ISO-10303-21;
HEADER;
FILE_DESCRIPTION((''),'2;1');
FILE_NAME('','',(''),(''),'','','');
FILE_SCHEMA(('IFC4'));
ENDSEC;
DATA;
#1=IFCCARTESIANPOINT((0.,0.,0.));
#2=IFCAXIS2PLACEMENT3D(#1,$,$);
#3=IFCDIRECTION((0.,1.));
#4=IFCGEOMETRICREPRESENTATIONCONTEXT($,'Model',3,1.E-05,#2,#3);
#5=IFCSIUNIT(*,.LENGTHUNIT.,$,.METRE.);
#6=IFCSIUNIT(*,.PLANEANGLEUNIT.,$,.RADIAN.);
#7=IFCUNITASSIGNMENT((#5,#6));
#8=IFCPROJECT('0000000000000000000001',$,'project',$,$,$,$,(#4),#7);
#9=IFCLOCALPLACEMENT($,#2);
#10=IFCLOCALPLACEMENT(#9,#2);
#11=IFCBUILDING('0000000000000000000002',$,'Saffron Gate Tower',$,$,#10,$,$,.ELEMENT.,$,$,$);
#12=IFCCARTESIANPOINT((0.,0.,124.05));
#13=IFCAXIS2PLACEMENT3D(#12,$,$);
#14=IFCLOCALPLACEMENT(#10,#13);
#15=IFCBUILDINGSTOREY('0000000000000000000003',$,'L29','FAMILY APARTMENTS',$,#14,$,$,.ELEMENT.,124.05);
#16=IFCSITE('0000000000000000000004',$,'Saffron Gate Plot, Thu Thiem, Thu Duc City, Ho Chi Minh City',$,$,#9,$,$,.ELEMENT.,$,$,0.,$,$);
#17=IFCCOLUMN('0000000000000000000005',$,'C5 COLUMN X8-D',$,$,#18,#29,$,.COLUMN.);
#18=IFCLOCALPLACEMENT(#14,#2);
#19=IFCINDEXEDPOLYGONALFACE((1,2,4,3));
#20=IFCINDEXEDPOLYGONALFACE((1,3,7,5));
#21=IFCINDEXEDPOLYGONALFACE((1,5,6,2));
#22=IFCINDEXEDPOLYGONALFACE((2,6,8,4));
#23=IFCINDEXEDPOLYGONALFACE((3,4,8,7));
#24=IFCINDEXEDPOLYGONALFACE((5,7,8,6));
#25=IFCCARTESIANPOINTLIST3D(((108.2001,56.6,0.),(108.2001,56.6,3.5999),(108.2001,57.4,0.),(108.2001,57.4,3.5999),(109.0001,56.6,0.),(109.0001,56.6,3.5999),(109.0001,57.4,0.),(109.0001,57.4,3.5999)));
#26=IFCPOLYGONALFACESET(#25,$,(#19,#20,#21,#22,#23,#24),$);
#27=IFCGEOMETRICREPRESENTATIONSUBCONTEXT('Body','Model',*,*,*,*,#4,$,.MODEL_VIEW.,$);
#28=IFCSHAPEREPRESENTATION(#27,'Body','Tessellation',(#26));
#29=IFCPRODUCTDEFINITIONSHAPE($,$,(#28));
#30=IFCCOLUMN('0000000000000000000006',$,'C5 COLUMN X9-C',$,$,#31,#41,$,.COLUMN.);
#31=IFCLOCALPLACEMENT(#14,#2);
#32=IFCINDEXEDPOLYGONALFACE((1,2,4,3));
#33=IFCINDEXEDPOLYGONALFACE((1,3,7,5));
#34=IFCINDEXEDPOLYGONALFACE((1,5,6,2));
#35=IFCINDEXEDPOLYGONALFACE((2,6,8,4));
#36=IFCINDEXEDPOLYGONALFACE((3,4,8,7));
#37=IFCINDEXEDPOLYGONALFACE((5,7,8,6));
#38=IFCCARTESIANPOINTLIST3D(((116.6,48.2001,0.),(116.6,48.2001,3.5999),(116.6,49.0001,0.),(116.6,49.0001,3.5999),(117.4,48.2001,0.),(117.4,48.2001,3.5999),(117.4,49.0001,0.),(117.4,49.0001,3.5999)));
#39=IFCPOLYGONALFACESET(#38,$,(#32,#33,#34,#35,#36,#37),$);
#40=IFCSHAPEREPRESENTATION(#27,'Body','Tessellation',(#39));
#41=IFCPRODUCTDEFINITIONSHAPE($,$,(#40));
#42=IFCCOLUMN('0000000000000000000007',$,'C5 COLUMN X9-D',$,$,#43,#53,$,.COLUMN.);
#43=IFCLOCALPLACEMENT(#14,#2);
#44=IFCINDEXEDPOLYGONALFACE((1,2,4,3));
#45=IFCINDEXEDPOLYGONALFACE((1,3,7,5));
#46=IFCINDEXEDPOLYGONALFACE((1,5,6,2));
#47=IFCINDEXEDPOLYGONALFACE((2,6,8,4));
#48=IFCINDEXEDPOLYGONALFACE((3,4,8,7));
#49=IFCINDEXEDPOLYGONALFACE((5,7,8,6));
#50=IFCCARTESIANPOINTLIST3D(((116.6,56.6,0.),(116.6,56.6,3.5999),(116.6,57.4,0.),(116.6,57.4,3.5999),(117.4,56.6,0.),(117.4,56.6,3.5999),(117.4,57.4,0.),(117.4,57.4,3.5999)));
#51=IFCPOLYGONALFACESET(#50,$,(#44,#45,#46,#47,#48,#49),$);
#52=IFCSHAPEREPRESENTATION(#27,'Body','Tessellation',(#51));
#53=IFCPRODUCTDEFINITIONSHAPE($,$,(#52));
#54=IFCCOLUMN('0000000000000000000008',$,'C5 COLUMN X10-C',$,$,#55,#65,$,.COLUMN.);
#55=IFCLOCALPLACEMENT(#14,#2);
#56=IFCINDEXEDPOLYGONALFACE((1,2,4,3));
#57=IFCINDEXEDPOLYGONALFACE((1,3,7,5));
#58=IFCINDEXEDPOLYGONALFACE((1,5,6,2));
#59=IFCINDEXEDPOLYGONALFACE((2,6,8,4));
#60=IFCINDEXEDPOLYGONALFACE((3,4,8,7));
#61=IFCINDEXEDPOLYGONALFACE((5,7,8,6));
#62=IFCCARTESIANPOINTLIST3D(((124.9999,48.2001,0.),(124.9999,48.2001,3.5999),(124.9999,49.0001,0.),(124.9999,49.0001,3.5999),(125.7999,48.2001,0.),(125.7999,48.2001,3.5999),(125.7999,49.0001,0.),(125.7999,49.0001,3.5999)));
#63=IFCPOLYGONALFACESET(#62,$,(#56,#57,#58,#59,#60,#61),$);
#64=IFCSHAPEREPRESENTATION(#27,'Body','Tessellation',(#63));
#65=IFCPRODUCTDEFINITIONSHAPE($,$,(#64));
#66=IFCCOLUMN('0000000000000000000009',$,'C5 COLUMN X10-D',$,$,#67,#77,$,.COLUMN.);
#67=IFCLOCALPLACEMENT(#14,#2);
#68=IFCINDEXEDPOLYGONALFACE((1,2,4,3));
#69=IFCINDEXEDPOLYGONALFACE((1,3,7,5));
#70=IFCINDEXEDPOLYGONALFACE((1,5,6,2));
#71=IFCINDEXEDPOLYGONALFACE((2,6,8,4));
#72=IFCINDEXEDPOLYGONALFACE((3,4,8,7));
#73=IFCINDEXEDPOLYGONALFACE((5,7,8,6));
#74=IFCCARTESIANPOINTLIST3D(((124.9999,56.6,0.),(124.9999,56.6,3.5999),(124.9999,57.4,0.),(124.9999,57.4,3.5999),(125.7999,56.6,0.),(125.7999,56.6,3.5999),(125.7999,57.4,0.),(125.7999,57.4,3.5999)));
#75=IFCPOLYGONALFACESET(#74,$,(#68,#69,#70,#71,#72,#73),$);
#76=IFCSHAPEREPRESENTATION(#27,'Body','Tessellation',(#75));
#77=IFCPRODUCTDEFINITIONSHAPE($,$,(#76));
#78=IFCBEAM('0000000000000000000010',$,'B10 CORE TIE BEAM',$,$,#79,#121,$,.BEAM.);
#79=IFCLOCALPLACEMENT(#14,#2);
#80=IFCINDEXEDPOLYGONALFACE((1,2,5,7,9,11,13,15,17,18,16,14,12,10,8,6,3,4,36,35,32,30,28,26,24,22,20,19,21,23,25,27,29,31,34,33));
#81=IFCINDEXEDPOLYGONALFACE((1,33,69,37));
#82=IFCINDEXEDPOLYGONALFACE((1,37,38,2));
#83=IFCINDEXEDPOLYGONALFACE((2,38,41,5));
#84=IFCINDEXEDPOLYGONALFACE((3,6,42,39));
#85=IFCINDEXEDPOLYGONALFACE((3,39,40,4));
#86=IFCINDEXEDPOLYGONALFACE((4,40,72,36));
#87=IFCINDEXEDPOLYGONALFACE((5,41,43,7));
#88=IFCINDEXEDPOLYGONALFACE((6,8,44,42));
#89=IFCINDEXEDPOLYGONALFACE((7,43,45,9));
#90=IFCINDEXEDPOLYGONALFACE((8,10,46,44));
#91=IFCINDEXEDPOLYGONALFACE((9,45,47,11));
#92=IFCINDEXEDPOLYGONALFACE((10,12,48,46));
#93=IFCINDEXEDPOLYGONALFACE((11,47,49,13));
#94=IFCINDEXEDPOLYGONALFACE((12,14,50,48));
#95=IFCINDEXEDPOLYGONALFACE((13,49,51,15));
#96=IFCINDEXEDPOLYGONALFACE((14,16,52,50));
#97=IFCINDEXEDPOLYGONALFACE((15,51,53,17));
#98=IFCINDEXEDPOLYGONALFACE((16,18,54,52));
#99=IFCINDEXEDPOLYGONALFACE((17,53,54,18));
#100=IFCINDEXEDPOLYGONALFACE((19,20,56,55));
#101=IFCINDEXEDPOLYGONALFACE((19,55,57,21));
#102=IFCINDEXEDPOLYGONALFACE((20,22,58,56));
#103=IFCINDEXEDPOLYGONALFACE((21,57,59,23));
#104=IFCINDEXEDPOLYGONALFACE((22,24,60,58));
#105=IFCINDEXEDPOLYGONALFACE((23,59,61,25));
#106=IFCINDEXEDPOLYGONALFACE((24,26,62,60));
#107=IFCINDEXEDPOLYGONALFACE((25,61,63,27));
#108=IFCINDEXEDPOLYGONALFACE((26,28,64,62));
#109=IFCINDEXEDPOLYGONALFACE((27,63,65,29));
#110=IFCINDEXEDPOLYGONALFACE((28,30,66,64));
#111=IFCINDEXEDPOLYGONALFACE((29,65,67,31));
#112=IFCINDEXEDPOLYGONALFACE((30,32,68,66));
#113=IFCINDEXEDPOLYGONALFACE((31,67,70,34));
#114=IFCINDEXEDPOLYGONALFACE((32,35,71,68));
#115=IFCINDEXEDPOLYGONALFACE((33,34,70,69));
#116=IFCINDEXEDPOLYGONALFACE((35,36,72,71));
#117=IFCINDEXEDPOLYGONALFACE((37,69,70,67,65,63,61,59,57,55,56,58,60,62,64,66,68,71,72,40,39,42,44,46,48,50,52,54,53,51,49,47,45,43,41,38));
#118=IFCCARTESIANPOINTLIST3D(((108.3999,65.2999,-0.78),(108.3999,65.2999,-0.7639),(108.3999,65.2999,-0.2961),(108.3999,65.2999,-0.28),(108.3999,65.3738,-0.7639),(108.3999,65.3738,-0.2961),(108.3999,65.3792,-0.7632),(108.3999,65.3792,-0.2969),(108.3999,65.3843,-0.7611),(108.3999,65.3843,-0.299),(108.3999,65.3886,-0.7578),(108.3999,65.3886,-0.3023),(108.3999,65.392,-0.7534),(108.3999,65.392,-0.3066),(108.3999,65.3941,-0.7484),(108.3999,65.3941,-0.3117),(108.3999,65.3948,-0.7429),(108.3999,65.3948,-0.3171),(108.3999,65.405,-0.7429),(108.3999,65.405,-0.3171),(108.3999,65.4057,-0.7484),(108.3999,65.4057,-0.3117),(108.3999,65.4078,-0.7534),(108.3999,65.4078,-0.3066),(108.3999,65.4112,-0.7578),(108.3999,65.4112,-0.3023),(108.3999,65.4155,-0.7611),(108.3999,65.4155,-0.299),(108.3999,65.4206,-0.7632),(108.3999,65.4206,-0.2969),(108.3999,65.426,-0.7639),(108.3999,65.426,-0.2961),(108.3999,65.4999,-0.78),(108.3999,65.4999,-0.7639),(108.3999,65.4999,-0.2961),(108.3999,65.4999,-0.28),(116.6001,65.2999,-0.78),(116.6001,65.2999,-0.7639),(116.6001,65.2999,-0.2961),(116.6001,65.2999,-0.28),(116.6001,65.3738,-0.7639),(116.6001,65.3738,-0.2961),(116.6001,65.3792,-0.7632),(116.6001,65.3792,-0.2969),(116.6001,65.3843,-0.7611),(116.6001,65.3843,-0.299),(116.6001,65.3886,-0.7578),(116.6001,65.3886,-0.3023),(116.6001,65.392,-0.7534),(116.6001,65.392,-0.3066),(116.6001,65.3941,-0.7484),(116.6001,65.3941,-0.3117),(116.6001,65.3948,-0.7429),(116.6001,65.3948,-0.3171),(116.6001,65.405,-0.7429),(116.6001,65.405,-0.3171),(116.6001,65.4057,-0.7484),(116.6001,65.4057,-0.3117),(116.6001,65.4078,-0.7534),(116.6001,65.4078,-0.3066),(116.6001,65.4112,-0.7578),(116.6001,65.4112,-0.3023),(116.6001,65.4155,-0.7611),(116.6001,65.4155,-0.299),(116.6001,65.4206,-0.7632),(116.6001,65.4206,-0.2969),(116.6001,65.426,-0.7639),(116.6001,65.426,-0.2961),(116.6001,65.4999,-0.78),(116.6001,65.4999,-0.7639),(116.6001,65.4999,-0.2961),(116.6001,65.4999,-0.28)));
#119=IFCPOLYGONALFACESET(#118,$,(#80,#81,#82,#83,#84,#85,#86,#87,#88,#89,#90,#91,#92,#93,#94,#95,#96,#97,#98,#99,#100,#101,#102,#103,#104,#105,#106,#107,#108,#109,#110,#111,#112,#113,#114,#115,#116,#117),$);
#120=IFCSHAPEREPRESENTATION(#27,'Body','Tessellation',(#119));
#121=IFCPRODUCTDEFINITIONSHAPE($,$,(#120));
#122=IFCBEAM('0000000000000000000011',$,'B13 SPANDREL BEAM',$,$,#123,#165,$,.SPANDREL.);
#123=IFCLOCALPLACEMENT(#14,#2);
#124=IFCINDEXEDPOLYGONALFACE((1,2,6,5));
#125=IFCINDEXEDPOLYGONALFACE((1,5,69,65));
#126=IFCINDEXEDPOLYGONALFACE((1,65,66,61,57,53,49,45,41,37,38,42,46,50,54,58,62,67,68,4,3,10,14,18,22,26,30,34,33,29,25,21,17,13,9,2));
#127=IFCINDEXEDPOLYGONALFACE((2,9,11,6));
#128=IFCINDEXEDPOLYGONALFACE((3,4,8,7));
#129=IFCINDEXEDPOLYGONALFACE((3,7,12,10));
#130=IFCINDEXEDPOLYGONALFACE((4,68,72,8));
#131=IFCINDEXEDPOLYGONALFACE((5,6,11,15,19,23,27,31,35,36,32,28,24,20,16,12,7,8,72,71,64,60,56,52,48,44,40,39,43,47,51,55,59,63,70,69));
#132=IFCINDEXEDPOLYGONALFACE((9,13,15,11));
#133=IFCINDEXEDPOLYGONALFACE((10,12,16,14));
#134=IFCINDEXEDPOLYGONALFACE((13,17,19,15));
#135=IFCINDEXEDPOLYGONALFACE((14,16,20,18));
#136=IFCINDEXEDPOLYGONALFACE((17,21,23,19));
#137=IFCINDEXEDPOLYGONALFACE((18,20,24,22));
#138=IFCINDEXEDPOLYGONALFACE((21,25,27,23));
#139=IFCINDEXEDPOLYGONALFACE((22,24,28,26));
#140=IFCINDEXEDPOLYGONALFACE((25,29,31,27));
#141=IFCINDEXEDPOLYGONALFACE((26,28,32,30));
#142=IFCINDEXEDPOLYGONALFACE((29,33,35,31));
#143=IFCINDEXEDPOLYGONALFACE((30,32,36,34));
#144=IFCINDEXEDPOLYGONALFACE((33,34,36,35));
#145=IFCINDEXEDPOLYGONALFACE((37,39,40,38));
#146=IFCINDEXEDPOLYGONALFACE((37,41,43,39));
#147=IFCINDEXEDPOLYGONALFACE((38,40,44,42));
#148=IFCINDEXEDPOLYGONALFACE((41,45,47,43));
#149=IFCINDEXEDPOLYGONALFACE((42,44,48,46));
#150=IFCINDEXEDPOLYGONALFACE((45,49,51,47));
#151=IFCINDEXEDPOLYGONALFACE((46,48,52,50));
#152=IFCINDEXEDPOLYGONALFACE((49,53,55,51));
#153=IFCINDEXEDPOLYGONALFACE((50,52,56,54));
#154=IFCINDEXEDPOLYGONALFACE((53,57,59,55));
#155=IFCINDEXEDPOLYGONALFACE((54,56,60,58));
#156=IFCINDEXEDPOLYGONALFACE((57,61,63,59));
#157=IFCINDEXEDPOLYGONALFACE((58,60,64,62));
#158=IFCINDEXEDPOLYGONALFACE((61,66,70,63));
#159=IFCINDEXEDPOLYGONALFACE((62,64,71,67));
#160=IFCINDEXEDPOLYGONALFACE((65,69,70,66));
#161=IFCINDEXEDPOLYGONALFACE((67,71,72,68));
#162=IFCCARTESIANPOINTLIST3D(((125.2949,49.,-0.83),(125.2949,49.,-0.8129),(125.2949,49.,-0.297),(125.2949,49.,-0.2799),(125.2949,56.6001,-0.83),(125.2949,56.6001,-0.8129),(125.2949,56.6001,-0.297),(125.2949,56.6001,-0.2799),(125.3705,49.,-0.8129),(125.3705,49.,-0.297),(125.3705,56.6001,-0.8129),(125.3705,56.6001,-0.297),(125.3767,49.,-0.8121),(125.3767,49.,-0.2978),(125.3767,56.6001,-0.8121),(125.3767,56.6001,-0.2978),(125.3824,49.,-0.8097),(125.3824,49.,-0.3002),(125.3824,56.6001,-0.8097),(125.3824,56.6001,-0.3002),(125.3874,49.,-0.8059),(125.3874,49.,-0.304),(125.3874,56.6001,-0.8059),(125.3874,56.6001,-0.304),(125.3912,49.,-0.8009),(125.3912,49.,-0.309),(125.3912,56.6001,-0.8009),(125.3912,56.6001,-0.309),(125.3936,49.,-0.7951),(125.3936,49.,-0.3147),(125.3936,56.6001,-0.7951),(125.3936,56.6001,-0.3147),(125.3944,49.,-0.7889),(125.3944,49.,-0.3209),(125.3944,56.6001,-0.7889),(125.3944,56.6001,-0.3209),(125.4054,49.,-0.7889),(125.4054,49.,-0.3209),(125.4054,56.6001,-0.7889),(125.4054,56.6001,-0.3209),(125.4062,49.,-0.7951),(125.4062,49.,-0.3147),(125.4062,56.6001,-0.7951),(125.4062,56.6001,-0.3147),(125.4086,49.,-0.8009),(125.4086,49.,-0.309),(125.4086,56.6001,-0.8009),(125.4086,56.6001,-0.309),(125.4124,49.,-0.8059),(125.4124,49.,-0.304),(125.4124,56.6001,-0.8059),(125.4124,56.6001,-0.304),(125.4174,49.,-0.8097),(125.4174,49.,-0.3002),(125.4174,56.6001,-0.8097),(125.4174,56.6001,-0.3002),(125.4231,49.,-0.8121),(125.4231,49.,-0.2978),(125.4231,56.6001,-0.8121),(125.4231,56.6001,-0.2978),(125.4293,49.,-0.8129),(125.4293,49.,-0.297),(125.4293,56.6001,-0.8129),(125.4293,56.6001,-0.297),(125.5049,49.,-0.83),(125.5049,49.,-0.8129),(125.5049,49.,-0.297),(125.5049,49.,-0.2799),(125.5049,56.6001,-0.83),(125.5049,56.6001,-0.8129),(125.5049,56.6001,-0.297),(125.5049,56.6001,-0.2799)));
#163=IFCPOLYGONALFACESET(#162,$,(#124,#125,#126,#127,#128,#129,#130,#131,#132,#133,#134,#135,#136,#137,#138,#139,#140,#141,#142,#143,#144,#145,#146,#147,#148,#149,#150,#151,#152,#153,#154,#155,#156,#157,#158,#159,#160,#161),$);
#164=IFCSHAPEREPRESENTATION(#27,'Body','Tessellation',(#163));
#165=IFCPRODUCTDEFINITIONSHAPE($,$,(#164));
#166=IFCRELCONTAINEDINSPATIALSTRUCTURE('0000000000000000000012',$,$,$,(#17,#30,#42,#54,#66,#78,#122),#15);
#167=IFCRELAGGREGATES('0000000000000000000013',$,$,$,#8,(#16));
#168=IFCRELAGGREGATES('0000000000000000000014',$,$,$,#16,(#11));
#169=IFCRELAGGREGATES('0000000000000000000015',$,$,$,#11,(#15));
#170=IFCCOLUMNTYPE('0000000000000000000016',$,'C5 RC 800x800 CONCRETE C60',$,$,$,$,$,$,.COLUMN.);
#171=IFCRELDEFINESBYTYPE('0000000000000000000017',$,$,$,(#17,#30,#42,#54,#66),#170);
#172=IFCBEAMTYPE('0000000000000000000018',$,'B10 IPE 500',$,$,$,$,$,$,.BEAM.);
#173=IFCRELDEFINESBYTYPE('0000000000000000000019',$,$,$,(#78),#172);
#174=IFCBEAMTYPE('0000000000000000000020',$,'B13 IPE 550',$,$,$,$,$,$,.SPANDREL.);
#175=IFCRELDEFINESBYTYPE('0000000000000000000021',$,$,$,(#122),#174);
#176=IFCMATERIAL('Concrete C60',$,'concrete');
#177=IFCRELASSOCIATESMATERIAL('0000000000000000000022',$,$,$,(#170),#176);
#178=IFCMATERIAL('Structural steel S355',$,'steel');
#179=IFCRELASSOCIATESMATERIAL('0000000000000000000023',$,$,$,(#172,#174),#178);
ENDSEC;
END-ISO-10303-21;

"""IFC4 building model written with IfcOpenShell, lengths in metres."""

from ifc_helpers import new_model, si_unit, direction, frame, origin, origin_2d, place, context, subcontext, project, spatial, rectangle, i_section, extrude, material, material_profile, profile_set, type_object, element, save


model = new_model("IFC4")

# Units and contexts
model_context = context("Model", 3, precision=1e-05, world=origin(), true_north=direction((0.0, 1.0)))
body_context = subcontext(model_context, "Body", "Model", "MODEL_VIEW")
ifc_project = project(units=[si_unit("LENGTHUNIT", "METRE"), si_unit("PLANEANGLEUNIT", "RADIAN")], contexts=[model_context])

# Site, building, storey
site_placement = place(None, origin())
site = spatial("IfcSite", under=ifc_project, at=site_placement, Name="Saffron Gate Plot, Thu Thiem, Thu Duc City, Ho Chi Minh City", CompositionType="ELEMENT", RefElevation=0.0)
building_placement = place(site_placement, origin())
building = spatial("IfcBuilding", under=site, at=building_placement, Name="Saffron Gate Tower", CompositionType="ELEMENT")
storey_placement = place(building_placement, frame((0.0, 0.0, 124.05)))
storey = spatial("IfcBuildingStorey", under=building, at=storey_placement, Name="L29", Description="FAMILY APARTMENTS", CompositionType="ELEMENT", Elevation=124.05)

# Columns
ifc_material_1 = material(Name="Concrete C60", Category="concrete")
ifc_material_profile_1 = material_profile(ifc_material_1, rectangle(XDim=0.8, YDim=0.8, at=origin_2d()))
ifc_profile_set_1 = profile_set([ifc_material_profile_1], Name="Concrete C60")
column_type = type_object("IfcColumnType", Name="C5 RC 800x800 CONCRETE C60", PredefinedType="COLUMN", material=ifc_profile_set_1)
for number, where, z_axis, x_axis, name in (
    (1, (108.6001, 57.0, 0.0), (0.0, 0.0, 1.0), (1.0, 0.0, 0.0), "C5 COLUMN X8-D"),
    (2, (117.0, 48.6001, 0.0), (0.0, 0.0, 1.0), (1.0, 0.0, 0.0), "C5 COLUMN X9-C"),
    (3, (117.0, 57.0, 0.0), (0.0, 0.0, 1.0), (1.0, 0.0, 0.0), "C5 COLUMN X9-D"),
    (4, (125.3999, 48.6001, 0.0), (0.0, 0.0, 1.0), (1.0, 0.0, 0.0), "C5 COLUMN X10-C"),
    (5, (125.3999, 57.0, 0.0), (0.0, 0.0, 1.0), (1.0, 0.0, 0.0), "C5 COLUMN X10-D"),
):
    element("IfcColumn", number, at=place(storey_placement, frame(where, z_axis=z_axis, x_axis=x_axis)), inside=storey, type_object=column_type, Name=name, PredefinedType="COLUMN", context=body_context, shape_type="SweptSolid", body=[
        extrude(rectangle(XDim=0.8, YDim=0.8, at=origin_2d()), origin(), (0.0, 0.0, 1.0), 3.5999),
    ])

# Beams
ifc_material_2 = material(Name="Structural steel S355", Category="steel")
ifc_material_profile_2 = material_profile(ifc_material_2, i_section(OverallWidth=0.2, OverallDepth=0.5, WebThickness=0.0103, FlangeThickness=0.0161, FilletRadius=0.021, at=origin_2d()))
ifc_profile_set_2 = profile_set([ifc_material_profile_2], Name="Structural steel S355")
beam_type_1 = type_object("IfcBeamType", Name="B10 IPE 500", PredefinedType="BEAM", material=ifc_profile_set_2)
beam_1_placement = place(storey_placement, frame((116.6001, 65.3999, -0.53), z_axis=(-1.0, 0.0, 0.0), x_axis=(0.0, -1.0, 0.0)))
element("IfcBeam", 6, at=beam_1_placement, inside=storey, type_object=beam_type_1, Name="B10 CORE TIE BEAM", PredefinedType="BEAM", context=body_context, shape_type="SweptSolid", body=[
    extrude(i_section(OverallWidth=0.2, OverallDepth=0.5, WebThickness=0.0103, FlangeThickness=0.0161, FilletRadius=0.021, at=origin_2d()), origin(), (0.0, 0.0, 1.0), 8.2002),
])
ifc_material_profile_3 = material_profile(ifc_material_2, i_section(OverallWidth=0.21, OverallDepth=0.55, WebThickness=0.011, FlangeThickness=0.0171, FilletRadius=0.0239, at=origin_2d()))
ifc_profile_set_3 = profile_set([ifc_material_profile_3], Name="Structural steel S355")
beam_type_2 = type_object("IfcBeamType", Name="B13 IPE 550", PredefinedType="SPANDREL", material=ifc_profile_set_3)
beam_2_placement = place(storey_placement, frame((125.3999, 49.0, -0.5549), z_axis=(0.0, 1.0, 0.0), x_axis=(-1.0, 0.0, 0.0)))
element("IfcBeam", 7, at=beam_2_placement, inside=storey, type_object=beam_type_2, Name="B13 SPANDREL BEAM", PredefinedType="SPANDREL", context=body_context, shape_type="SweptSolid", body=[
    extrude(i_section(OverallWidth=0.21, OverallDepth=0.55, WebThickness=0.011, FlangeThickness=0.0171, FilletRadius=0.0239, at=origin_2d()), origin(), (0.0, 0.0, 1.0), 7.6001),
])

save(model, "model.ifc")
